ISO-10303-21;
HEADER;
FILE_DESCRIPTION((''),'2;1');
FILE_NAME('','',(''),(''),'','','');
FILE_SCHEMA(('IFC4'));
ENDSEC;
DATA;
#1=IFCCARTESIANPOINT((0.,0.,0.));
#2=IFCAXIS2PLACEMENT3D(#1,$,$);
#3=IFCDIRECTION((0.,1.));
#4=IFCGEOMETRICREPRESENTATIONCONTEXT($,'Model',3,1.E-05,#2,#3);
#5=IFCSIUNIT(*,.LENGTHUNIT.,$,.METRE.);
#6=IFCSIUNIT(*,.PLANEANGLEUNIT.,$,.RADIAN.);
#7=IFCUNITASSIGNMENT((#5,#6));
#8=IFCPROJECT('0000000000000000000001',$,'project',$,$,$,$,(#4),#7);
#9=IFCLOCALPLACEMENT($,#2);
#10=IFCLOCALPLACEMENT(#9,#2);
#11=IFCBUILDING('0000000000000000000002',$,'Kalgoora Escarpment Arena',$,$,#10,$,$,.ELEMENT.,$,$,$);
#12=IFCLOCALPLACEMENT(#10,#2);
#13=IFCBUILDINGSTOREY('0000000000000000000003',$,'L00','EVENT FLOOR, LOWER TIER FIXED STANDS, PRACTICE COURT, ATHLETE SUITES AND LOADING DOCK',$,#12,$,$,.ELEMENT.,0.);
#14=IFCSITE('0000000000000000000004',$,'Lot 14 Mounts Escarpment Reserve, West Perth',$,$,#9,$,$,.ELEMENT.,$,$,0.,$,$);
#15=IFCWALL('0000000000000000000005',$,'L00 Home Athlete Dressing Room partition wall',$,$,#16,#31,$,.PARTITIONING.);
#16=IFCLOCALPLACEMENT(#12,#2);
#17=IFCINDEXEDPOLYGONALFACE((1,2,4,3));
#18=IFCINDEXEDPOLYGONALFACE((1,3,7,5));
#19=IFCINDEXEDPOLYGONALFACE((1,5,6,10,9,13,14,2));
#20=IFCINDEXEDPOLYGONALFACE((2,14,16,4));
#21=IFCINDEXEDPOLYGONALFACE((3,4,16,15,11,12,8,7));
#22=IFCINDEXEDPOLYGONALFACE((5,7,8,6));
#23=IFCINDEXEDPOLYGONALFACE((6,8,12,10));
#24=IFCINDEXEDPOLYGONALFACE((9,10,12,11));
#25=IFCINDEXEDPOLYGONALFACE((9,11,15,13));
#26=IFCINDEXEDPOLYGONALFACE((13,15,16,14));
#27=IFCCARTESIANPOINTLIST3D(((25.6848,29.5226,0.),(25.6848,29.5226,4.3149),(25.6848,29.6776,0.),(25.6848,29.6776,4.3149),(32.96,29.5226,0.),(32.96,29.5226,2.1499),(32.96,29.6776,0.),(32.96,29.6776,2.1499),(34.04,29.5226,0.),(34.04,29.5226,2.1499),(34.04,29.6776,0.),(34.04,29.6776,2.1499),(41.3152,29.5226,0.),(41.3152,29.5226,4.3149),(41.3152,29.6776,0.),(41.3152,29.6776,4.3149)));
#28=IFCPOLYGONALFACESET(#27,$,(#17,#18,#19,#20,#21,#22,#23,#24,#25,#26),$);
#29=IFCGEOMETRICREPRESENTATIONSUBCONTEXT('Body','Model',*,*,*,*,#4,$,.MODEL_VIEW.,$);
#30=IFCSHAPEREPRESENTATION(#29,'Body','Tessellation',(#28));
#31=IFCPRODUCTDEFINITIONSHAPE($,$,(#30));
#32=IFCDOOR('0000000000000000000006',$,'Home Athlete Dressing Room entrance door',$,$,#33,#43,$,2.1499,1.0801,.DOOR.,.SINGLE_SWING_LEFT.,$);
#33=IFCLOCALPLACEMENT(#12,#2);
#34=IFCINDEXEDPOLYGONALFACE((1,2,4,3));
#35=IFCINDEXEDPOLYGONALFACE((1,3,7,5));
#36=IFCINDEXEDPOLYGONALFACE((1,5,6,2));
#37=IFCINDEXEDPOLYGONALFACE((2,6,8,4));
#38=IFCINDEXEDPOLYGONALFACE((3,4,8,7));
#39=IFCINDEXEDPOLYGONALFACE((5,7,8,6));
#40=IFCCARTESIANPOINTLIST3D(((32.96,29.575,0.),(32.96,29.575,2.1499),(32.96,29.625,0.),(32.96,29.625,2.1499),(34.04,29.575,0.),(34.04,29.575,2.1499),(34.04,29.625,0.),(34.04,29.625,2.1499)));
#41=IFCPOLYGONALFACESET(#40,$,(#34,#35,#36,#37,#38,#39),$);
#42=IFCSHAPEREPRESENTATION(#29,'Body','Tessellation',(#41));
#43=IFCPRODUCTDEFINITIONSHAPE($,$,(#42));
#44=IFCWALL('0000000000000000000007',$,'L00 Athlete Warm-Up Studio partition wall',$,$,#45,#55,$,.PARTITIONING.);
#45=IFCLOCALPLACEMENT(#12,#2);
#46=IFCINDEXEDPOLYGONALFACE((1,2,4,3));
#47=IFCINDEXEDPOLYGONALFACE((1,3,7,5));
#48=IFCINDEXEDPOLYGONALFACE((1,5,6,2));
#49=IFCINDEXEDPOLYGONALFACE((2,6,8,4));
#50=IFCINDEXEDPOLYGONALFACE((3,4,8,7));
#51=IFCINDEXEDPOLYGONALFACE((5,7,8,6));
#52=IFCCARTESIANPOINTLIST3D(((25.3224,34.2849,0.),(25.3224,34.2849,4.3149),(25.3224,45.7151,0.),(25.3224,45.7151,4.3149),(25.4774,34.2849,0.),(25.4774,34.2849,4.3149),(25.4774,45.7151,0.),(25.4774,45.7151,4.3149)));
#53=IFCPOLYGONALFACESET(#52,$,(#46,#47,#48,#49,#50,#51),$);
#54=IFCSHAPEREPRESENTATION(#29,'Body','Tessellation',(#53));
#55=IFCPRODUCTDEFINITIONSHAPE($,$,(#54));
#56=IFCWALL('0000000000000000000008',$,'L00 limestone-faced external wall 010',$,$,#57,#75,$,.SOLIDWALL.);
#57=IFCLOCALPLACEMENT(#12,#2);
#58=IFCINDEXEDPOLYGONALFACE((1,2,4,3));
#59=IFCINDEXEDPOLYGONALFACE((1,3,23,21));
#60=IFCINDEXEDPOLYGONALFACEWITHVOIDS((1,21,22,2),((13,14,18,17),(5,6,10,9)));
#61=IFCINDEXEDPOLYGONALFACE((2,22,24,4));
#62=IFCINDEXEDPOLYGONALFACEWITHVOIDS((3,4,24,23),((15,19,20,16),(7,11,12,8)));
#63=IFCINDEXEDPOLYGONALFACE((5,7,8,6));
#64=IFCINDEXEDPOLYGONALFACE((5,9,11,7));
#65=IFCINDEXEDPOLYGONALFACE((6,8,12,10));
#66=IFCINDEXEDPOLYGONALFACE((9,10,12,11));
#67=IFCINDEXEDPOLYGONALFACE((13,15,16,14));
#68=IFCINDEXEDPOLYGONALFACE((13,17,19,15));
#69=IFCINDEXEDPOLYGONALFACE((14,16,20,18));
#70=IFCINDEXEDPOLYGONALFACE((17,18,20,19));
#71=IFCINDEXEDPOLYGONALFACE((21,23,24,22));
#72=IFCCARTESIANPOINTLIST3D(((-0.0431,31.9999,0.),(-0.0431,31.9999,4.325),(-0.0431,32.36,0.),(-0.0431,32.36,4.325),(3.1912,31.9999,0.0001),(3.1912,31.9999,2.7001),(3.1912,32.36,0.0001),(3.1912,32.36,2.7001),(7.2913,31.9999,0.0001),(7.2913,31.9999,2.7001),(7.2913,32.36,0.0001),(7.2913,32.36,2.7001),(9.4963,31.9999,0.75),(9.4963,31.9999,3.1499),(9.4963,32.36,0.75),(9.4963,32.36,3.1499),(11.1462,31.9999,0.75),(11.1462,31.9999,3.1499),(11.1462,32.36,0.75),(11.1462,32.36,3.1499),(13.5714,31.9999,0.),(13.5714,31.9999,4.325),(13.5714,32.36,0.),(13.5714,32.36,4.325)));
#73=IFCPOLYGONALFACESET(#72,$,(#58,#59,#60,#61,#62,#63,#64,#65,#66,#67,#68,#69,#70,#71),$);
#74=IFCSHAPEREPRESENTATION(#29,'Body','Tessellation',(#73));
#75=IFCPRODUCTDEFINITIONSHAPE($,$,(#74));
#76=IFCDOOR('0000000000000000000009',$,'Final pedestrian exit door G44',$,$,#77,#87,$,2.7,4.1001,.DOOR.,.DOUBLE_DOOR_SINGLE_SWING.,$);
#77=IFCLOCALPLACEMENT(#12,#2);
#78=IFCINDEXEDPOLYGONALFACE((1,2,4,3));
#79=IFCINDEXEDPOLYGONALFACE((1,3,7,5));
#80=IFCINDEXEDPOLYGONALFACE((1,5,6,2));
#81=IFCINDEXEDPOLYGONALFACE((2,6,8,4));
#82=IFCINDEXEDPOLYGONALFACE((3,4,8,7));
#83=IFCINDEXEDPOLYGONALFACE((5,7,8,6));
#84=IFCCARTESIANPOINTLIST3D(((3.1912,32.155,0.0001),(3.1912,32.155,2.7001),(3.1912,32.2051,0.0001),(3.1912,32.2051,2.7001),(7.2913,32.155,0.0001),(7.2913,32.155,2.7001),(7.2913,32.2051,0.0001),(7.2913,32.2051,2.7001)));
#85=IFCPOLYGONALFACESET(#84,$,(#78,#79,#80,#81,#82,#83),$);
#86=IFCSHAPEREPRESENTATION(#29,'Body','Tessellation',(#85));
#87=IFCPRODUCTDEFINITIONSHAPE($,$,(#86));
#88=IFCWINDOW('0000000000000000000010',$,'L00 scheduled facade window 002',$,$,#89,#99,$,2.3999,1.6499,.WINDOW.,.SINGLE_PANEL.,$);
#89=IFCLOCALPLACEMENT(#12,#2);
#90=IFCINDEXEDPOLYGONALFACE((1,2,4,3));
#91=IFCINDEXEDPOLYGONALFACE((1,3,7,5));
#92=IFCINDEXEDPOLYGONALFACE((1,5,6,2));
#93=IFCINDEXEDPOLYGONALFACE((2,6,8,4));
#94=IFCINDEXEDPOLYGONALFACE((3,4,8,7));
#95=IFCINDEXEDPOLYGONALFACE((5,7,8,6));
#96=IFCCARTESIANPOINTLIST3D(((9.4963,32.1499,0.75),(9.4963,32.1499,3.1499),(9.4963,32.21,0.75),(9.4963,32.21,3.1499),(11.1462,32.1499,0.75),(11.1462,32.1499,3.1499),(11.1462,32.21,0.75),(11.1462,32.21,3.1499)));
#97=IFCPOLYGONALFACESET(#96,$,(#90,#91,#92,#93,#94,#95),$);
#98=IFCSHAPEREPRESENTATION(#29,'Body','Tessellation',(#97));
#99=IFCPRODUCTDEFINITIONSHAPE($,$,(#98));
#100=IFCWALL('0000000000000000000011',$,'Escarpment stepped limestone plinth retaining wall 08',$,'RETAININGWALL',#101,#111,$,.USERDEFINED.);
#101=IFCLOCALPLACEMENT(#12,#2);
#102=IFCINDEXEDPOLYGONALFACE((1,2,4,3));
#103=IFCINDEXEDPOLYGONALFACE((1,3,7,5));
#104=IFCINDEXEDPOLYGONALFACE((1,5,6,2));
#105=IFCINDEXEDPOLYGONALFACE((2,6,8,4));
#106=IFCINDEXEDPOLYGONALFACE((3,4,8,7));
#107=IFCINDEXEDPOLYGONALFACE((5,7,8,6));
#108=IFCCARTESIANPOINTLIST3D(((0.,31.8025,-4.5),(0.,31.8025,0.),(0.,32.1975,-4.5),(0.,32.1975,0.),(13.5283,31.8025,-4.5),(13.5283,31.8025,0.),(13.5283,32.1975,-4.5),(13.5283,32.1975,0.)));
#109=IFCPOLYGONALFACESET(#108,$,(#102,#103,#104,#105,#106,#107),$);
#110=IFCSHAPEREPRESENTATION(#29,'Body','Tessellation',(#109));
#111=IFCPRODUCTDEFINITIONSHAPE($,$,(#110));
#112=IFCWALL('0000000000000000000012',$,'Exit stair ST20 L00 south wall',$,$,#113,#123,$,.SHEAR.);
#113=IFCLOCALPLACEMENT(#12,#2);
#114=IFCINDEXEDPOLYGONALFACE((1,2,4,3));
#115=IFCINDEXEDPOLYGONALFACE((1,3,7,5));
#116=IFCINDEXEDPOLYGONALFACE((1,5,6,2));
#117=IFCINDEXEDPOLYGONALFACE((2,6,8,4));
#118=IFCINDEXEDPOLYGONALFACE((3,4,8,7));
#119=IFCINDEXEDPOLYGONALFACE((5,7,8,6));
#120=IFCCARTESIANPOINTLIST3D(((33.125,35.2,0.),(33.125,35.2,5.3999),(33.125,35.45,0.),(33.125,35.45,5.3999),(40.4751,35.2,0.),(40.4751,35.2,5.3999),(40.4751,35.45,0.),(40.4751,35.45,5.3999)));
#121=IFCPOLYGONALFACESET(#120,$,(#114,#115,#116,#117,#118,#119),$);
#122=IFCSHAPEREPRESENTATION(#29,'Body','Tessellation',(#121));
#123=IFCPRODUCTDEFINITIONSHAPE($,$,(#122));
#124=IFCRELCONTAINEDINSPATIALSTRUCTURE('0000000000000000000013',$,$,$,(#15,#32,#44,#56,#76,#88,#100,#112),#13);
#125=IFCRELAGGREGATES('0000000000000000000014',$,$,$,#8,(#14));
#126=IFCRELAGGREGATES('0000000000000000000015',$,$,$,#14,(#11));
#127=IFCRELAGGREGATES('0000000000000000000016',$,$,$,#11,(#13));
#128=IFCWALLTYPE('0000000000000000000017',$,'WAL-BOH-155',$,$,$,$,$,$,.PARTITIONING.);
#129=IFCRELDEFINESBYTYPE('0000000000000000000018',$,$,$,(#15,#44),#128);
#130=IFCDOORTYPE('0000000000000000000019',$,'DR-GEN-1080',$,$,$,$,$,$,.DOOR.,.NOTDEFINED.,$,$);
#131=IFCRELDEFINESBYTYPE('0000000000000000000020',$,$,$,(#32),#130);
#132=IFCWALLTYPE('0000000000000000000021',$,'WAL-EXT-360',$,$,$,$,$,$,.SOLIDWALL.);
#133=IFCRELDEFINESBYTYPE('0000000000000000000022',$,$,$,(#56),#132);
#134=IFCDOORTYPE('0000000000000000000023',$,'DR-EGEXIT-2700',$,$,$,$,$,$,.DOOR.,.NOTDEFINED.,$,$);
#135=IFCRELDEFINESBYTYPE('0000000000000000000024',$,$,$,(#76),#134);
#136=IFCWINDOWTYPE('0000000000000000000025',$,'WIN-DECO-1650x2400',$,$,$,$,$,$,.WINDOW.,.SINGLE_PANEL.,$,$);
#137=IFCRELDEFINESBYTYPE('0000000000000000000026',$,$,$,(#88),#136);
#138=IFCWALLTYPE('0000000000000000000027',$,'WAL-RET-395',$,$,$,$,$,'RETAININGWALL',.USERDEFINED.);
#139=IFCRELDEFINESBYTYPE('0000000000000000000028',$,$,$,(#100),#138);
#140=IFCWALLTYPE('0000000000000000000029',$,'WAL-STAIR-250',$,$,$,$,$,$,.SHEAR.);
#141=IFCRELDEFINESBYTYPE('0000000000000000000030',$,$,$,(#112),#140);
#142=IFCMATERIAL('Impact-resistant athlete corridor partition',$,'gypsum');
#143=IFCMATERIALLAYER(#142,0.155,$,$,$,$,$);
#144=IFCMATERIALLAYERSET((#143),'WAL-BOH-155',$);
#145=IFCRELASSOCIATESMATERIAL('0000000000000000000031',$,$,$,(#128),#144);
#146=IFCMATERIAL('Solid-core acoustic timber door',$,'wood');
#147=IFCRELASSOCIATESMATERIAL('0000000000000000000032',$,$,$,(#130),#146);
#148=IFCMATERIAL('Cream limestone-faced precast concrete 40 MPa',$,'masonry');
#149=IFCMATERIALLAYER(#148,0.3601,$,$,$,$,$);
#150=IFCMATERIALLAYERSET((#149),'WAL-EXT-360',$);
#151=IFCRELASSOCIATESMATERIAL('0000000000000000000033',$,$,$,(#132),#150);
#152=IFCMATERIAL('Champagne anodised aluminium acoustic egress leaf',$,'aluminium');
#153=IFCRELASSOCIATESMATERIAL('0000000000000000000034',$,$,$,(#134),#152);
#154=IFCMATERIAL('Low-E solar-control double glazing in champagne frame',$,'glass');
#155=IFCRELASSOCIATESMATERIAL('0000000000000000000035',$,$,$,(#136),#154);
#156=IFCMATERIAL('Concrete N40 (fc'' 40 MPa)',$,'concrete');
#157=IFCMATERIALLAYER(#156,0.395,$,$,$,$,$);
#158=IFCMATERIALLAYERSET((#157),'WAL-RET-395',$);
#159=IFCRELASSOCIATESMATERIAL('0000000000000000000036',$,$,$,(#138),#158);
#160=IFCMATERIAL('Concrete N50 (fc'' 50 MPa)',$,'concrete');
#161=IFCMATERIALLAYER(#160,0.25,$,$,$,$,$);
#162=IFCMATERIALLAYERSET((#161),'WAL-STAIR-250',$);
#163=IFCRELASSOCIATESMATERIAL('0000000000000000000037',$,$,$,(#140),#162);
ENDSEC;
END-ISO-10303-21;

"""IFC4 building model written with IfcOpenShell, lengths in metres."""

from ifc_helpers import new_model, si_unit, direction, frame, frame_2d, origin, place, context, subcontext, project, spatial, rectangle, extrude, material, layer, layer_set, type_object, element, fill, save


model = new_model("IFC4")

# Units and contexts
model_context = context("Model", 3, precision=1e-05, world=origin(), true_north=direction((0.0, 1.0)))
body_context = subcontext(model_context, "Body", "Model", "MODEL_VIEW")
ifc_project = project(units=[si_unit("LENGTHUNIT", "METRE"), si_unit("PLANEANGLEUNIT", "RADIAN")], contexts=[model_context])

# Site, building, storey
site_placement = place(None, origin())
site = spatial("IfcSite", under=ifc_project, at=site_placement, Name="Lot 14 Mounts Escarpment Reserve, West Perth", CompositionType="ELEMENT", RefElevation=0.0)
building_placement = place(site_placement, origin())
building = spatial("IfcBuilding", under=site, at=building_placement, Name="Kalgoora Escarpment Arena", CompositionType="ELEMENT")
storey_placement = place(building_placement, origin())
storey = spatial("IfcBuildingStorey", under=building, at=storey_placement, Name="L00", Description="EVENT FLOOR, LOWER TIER FIXED STANDS, PRACTICE COURT, ATHLETE SUITES AND LOADING DOCK", CompositionType="ELEMENT", Elevation=0.0)

# Wall, opening, door
ifc_material_1 = material(Name="Impact-resistant athlete corridor partition", Category="gypsum")
ifc_layer_1 = layer(ifc_material_1, 0.155)
ifc_layer_set_1 = layer_set([ifc_layer_1], Name="WAL-BOH-155")
wall_type_1 = type_object("IfcWallType", Name="WAL-BOH-155", PredefinedType="PARTITIONING", material=ifc_layer_set_1)
wall_1_placement = place(storey_placement, frame((25.6848, 29.6001, 0.0), z_axis=(0.0, 0.0, 1.0), x_axis=(1.0, 0.0, 0.0)))
wall_1 = element("IfcWall", 1, at=wall_1_placement, inside=storey, type_object=wall_type_1, Name="L00 Home Athlete Dressing Room partition wall", PredefinedType="PARTITIONING", context=body_context, shape_type="SweptSolid", body=[
    extrude(rectangle(XDim=15.6304, YDim=0.155, at=frame_2d((7.8152, 0.0))), origin(), (0.0, 0.0, 1.0), 4.3149),
])
opening_1_placement = place(wall_1_placement, frame((7.2751, 0.0, 0.0)))
opening_1 = element("IfcOpeningElement", 2, at=opening_1_placement, cuts=wall_1, PredefinedType="OPENING", context=body_context, shape_type="SweptSolid", body=[
    extrude(rectangle(XDim=1.0801, YDim=2.1499, at=frame_2d((0.54, 1.075))), frame((0.0, 0.0874, 0.0), z_axis=(0.0, -1.0, 0.0), x_axis=(1.0, 0.0, 0.0)), (0.0, 0.0, 1.0), 0.175),
])
ifc_material_2 = material(Name="Solid-core acoustic timber door", Category="wood")
door_type_1 = type_object("IfcDoorType", Name="DR-GEN-1080", OperationType="NOTDEFINED", PredefinedType="DOOR", material=ifc_material_2)
door_1_placement = place(opening_1_placement, origin())
door_1 = element("IfcDoor", 3, at=door_1_placement, inside=storey, type_object=door_type_1, Name="Home Athlete Dressing Room entrance door", OperationType="SINGLE_SWING_LEFT", OverallHeight=2.1499, OverallWidth=1.0801, PredefinedType="DOOR", context=body_context, shape_type="SweptSolid", body=[
    extrude(rectangle(XDim=1.0801, YDim=2.1499, at=frame_2d((0.54, 1.075))), frame((0.0, 0.0249, 0.0), z_axis=(0.0, -1.0, 0.0), x_axis=(1.0, 0.0, 0.0)), (0.0, 0.0, 1.0), 0.05),
])
fill(opening_1, door_1)

# Wall
wall_2_placement = place(storey_placement, frame((25.3999, 34.2849, 0.0), z_axis=(0.0, 0.0, 1.0), x_axis=(0.0, 1.0, 0.0)))
element("IfcWall", 4, at=wall_2_placement, inside=storey, type_object=wall_type_1, Name="L00 Athlete Warm-Up Studio partition wall", PredefinedType="PARTITIONING", context=body_context, shape_type="SweptSolid", body=[
    extrude(rectangle(XDim=11.4302, YDim=0.155, at=frame_2d((5.7151, 0.0))), origin(), (0.0, 0.0, 1.0), 4.3149),
])

# Wall, openings, door, window
ifc_material_3 = material(Name="Cream limestone-faced precast concrete 40 MPa", Category="masonry")
ifc_layer_2 = layer(ifc_material_3, 0.3601)
ifc_layer_set_2 = layer_set([ifc_layer_2], Name="WAL-EXT-360")
wall_type_2 = type_object("IfcWallType", Name="WAL-EXT-360", PredefinedType="SOLIDWALL", material=ifc_layer_set_2)
wall_3_placement = place(storey_placement, frame((13.5713, 32.1799, 0.0), z_axis=(0.0, 0.0, 1.0), x_axis=(-1.0, 0.0, 0.0)))
wall_3 = element("IfcWall", 5, at=wall_3_placement, inside=storey, type_object=wall_type_2, Name="L00 limestone-faced external wall 010", PredefinedType="SOLIDWALL", context=body_context, shape_type="SweptSolid", body=[
    extrude(rectangle(XDim=13.6145, YDim=0.3601, at=frame_2d((6.8071, 0.0))), origin(), (0.0, 0.0, 1.0), 4.325),
])
opening_2_placement = place(wall_3_placement, frame((6.28, 0.0, 0.0)))
opening_2 = element("IfcOpeningElement", 6, at=opening_2_placement, cuts=wall_3, PredefinedType="OPENING", context=body_context, shape_type="SweptSolid", body=[
    extrude(rectangle(XDim=4.1001, YDim=2.7, at=frame_2d((2.05, 1.3501))), frame((0.0, 0.1899, 0.0), z_axis=(0.0, -1.0, 0.0), x_axis=(1.0, 0.0, 0.0)), (0.0, 0.0, 1.0), 0.3801),
])
opening_3_placement = place(wall_3_placement, frame((2.425, 0.0, 0.75)))
opening_3 = element("IfcOpeningElement", 7, at=opening_3_placement, cuts=wall_3, PredefinedType="OPENING", context=body_context, shape_type="SweptSolid", body=[
    extrude(rectangle(XDim=1.6499, YDim=2.3999, at=frame_2d((0.825, 1.2))), frame((0.0, 0.1899, 0.0), z_axis=(0.0, -1.0, 0.0), x_axis=(1.0, 0.0, 0.0)), (0.0, 0.0, 1.0), 0.3801),
])
ifc_material_4 = material(Name="Champagne anodised aluminium acoustic egress leaf", Category="aluminium")
door_type_2 = type_object("IfcDoorType", Name="DR-EGEXIT-2700", OperationType="NOTDEFINED", PredefinedType="DOOR", material=ifc_material_4)
door_2_placement = place(opening_2_placement, origin())
door_2 = element("IfcDoor", 8, at=door_2_placement, inside=storey, type_object=door_type_2, Name="Final pedestrian exit door G44", OperationType="DOUBLE_DOOR_SINGLE_SWING", OverallHeight=2.7, OverallWidth=4.1001, PredefinedType="DOOR", context=body_context, shape_type="SweptSolid", body=[
    extrude(rectangle(XDim=4.1001, YDim=2.7, at=frame_2d((2.05, 1.3501))), frame((0.0, 0.0249, 0.0), z_axis=(0.0, -1.0, 0.0), x_axis=(1.0, 0.0, 0.0)), (0.0, 0.0, 1.0), 0.05),
])
fill(opening_2, door_2)
ifc_material_5 = material(Name="Low-E solar-control double glazing in champagne frame", Category="glass")
window_type = type_object("IfcWindowType", Name="WIN-DECO-1650x2400", PartitioningType="SINGLE_PANEL", PredefinedType="WINDOW", material=ifc_material_5)
window_placement = place(opening_3_placement, origin())
window = element("IfcWindow", 9, at=window_placement, inside=storey, type_object=window_type, Name="L00 scheduled facade window 002", OverallHeight=2.3999, OverallWidth=1.6499, PartitioningType="SINGLE_PANEL", PredefinedType="WINDOW", context=body_context, shape_type="SweptSolid", body=[
    extrude(rectangle(XDim=1.6499, YDim=2.3999, at=frame_2d((0.825, 1.2))), frame((0.0, 0.03, 0.0), z_axis=(0.0, -1.0, 0.0), x_axis=(1.0, 0.0, 0.0)), (0.0, 0.0, 1.0), 0.0601),
])
fill(opening_3, window)

# Walls
ifc_material_6 = material(Name="Concrete N40 (fc' 40 MPa)", Category="concrete")
ifc_layer_3 = layer(ifc_material_6, 0.395)
ifc_layer_set_3 = layer_set([ifc_layer_3], Name="WAL-RET-395")
wall_type_3 = type_object("IfcWallType", Name="WAL-RET-395", ElementType="RETAININGWALL", PredefinedType="USERDEFINED", material=ifc_layer_set_3)
wall_4_placement = place(storey_placement, frame((13.5283, 32.0, -4.5), z_axis=(0.0, 0.0, 1.0), x_axis=(-1.0, 0.0, 0.0)))
element("IfcWall", 10, at=wall_4_placement, inside=storey, type_object=wall_type_3, Name="Escarpment stepped limestone plinth retaining wall 08", ObjectType="RETAININGWALL", PredefinedType="USERDEFINED", context=body_context, shape_type="SweptSolid", body=[
    extrude(rectangle(XDim=13.5283, YDim=0.395, at=frame_2d((6.7642, 0.0))), origin(), (0.0, 0.0, 1.0), 4.5),
])
ifc_material_7 = material(Name="Concrete N50 (fc' 50 MPa)", Category="concrete")
ifc_layer_4 = layer(ifc_material_7, 0.25)
ifc_layer_set_4 = layer_set([ifc_layer_4], Name="WAL-STAIR-250")
wall_type_4 = type_object("IfcWallType", Name="WAL-STAIR-250", PredefinedType="SHEAR", material=ifc_layer_set_4)
wall_5_placement = place(storey_placement, frame((33.125, 35.325, 0.0), z_axis=(0.0, 0.0, 1.0), x_axis=(1.0, 0.0, 0.0)))
element("IfcWall", 11, at=wall_5_placement, inside=storey, type_object=wall_type_4, Name="Exit stair ST20 L00 south wall", PredefinedType="SHEAR", context=body_context, shape_type="SweptSolid", body=[
    extrude(rectangle(XDim=7.3501, YDim=0.25, at=frame_2d((3.675, 0.0))), origin(), (0.0, 0.0, 1.0), 5.3999),
])

save(model, "model.ifc")
